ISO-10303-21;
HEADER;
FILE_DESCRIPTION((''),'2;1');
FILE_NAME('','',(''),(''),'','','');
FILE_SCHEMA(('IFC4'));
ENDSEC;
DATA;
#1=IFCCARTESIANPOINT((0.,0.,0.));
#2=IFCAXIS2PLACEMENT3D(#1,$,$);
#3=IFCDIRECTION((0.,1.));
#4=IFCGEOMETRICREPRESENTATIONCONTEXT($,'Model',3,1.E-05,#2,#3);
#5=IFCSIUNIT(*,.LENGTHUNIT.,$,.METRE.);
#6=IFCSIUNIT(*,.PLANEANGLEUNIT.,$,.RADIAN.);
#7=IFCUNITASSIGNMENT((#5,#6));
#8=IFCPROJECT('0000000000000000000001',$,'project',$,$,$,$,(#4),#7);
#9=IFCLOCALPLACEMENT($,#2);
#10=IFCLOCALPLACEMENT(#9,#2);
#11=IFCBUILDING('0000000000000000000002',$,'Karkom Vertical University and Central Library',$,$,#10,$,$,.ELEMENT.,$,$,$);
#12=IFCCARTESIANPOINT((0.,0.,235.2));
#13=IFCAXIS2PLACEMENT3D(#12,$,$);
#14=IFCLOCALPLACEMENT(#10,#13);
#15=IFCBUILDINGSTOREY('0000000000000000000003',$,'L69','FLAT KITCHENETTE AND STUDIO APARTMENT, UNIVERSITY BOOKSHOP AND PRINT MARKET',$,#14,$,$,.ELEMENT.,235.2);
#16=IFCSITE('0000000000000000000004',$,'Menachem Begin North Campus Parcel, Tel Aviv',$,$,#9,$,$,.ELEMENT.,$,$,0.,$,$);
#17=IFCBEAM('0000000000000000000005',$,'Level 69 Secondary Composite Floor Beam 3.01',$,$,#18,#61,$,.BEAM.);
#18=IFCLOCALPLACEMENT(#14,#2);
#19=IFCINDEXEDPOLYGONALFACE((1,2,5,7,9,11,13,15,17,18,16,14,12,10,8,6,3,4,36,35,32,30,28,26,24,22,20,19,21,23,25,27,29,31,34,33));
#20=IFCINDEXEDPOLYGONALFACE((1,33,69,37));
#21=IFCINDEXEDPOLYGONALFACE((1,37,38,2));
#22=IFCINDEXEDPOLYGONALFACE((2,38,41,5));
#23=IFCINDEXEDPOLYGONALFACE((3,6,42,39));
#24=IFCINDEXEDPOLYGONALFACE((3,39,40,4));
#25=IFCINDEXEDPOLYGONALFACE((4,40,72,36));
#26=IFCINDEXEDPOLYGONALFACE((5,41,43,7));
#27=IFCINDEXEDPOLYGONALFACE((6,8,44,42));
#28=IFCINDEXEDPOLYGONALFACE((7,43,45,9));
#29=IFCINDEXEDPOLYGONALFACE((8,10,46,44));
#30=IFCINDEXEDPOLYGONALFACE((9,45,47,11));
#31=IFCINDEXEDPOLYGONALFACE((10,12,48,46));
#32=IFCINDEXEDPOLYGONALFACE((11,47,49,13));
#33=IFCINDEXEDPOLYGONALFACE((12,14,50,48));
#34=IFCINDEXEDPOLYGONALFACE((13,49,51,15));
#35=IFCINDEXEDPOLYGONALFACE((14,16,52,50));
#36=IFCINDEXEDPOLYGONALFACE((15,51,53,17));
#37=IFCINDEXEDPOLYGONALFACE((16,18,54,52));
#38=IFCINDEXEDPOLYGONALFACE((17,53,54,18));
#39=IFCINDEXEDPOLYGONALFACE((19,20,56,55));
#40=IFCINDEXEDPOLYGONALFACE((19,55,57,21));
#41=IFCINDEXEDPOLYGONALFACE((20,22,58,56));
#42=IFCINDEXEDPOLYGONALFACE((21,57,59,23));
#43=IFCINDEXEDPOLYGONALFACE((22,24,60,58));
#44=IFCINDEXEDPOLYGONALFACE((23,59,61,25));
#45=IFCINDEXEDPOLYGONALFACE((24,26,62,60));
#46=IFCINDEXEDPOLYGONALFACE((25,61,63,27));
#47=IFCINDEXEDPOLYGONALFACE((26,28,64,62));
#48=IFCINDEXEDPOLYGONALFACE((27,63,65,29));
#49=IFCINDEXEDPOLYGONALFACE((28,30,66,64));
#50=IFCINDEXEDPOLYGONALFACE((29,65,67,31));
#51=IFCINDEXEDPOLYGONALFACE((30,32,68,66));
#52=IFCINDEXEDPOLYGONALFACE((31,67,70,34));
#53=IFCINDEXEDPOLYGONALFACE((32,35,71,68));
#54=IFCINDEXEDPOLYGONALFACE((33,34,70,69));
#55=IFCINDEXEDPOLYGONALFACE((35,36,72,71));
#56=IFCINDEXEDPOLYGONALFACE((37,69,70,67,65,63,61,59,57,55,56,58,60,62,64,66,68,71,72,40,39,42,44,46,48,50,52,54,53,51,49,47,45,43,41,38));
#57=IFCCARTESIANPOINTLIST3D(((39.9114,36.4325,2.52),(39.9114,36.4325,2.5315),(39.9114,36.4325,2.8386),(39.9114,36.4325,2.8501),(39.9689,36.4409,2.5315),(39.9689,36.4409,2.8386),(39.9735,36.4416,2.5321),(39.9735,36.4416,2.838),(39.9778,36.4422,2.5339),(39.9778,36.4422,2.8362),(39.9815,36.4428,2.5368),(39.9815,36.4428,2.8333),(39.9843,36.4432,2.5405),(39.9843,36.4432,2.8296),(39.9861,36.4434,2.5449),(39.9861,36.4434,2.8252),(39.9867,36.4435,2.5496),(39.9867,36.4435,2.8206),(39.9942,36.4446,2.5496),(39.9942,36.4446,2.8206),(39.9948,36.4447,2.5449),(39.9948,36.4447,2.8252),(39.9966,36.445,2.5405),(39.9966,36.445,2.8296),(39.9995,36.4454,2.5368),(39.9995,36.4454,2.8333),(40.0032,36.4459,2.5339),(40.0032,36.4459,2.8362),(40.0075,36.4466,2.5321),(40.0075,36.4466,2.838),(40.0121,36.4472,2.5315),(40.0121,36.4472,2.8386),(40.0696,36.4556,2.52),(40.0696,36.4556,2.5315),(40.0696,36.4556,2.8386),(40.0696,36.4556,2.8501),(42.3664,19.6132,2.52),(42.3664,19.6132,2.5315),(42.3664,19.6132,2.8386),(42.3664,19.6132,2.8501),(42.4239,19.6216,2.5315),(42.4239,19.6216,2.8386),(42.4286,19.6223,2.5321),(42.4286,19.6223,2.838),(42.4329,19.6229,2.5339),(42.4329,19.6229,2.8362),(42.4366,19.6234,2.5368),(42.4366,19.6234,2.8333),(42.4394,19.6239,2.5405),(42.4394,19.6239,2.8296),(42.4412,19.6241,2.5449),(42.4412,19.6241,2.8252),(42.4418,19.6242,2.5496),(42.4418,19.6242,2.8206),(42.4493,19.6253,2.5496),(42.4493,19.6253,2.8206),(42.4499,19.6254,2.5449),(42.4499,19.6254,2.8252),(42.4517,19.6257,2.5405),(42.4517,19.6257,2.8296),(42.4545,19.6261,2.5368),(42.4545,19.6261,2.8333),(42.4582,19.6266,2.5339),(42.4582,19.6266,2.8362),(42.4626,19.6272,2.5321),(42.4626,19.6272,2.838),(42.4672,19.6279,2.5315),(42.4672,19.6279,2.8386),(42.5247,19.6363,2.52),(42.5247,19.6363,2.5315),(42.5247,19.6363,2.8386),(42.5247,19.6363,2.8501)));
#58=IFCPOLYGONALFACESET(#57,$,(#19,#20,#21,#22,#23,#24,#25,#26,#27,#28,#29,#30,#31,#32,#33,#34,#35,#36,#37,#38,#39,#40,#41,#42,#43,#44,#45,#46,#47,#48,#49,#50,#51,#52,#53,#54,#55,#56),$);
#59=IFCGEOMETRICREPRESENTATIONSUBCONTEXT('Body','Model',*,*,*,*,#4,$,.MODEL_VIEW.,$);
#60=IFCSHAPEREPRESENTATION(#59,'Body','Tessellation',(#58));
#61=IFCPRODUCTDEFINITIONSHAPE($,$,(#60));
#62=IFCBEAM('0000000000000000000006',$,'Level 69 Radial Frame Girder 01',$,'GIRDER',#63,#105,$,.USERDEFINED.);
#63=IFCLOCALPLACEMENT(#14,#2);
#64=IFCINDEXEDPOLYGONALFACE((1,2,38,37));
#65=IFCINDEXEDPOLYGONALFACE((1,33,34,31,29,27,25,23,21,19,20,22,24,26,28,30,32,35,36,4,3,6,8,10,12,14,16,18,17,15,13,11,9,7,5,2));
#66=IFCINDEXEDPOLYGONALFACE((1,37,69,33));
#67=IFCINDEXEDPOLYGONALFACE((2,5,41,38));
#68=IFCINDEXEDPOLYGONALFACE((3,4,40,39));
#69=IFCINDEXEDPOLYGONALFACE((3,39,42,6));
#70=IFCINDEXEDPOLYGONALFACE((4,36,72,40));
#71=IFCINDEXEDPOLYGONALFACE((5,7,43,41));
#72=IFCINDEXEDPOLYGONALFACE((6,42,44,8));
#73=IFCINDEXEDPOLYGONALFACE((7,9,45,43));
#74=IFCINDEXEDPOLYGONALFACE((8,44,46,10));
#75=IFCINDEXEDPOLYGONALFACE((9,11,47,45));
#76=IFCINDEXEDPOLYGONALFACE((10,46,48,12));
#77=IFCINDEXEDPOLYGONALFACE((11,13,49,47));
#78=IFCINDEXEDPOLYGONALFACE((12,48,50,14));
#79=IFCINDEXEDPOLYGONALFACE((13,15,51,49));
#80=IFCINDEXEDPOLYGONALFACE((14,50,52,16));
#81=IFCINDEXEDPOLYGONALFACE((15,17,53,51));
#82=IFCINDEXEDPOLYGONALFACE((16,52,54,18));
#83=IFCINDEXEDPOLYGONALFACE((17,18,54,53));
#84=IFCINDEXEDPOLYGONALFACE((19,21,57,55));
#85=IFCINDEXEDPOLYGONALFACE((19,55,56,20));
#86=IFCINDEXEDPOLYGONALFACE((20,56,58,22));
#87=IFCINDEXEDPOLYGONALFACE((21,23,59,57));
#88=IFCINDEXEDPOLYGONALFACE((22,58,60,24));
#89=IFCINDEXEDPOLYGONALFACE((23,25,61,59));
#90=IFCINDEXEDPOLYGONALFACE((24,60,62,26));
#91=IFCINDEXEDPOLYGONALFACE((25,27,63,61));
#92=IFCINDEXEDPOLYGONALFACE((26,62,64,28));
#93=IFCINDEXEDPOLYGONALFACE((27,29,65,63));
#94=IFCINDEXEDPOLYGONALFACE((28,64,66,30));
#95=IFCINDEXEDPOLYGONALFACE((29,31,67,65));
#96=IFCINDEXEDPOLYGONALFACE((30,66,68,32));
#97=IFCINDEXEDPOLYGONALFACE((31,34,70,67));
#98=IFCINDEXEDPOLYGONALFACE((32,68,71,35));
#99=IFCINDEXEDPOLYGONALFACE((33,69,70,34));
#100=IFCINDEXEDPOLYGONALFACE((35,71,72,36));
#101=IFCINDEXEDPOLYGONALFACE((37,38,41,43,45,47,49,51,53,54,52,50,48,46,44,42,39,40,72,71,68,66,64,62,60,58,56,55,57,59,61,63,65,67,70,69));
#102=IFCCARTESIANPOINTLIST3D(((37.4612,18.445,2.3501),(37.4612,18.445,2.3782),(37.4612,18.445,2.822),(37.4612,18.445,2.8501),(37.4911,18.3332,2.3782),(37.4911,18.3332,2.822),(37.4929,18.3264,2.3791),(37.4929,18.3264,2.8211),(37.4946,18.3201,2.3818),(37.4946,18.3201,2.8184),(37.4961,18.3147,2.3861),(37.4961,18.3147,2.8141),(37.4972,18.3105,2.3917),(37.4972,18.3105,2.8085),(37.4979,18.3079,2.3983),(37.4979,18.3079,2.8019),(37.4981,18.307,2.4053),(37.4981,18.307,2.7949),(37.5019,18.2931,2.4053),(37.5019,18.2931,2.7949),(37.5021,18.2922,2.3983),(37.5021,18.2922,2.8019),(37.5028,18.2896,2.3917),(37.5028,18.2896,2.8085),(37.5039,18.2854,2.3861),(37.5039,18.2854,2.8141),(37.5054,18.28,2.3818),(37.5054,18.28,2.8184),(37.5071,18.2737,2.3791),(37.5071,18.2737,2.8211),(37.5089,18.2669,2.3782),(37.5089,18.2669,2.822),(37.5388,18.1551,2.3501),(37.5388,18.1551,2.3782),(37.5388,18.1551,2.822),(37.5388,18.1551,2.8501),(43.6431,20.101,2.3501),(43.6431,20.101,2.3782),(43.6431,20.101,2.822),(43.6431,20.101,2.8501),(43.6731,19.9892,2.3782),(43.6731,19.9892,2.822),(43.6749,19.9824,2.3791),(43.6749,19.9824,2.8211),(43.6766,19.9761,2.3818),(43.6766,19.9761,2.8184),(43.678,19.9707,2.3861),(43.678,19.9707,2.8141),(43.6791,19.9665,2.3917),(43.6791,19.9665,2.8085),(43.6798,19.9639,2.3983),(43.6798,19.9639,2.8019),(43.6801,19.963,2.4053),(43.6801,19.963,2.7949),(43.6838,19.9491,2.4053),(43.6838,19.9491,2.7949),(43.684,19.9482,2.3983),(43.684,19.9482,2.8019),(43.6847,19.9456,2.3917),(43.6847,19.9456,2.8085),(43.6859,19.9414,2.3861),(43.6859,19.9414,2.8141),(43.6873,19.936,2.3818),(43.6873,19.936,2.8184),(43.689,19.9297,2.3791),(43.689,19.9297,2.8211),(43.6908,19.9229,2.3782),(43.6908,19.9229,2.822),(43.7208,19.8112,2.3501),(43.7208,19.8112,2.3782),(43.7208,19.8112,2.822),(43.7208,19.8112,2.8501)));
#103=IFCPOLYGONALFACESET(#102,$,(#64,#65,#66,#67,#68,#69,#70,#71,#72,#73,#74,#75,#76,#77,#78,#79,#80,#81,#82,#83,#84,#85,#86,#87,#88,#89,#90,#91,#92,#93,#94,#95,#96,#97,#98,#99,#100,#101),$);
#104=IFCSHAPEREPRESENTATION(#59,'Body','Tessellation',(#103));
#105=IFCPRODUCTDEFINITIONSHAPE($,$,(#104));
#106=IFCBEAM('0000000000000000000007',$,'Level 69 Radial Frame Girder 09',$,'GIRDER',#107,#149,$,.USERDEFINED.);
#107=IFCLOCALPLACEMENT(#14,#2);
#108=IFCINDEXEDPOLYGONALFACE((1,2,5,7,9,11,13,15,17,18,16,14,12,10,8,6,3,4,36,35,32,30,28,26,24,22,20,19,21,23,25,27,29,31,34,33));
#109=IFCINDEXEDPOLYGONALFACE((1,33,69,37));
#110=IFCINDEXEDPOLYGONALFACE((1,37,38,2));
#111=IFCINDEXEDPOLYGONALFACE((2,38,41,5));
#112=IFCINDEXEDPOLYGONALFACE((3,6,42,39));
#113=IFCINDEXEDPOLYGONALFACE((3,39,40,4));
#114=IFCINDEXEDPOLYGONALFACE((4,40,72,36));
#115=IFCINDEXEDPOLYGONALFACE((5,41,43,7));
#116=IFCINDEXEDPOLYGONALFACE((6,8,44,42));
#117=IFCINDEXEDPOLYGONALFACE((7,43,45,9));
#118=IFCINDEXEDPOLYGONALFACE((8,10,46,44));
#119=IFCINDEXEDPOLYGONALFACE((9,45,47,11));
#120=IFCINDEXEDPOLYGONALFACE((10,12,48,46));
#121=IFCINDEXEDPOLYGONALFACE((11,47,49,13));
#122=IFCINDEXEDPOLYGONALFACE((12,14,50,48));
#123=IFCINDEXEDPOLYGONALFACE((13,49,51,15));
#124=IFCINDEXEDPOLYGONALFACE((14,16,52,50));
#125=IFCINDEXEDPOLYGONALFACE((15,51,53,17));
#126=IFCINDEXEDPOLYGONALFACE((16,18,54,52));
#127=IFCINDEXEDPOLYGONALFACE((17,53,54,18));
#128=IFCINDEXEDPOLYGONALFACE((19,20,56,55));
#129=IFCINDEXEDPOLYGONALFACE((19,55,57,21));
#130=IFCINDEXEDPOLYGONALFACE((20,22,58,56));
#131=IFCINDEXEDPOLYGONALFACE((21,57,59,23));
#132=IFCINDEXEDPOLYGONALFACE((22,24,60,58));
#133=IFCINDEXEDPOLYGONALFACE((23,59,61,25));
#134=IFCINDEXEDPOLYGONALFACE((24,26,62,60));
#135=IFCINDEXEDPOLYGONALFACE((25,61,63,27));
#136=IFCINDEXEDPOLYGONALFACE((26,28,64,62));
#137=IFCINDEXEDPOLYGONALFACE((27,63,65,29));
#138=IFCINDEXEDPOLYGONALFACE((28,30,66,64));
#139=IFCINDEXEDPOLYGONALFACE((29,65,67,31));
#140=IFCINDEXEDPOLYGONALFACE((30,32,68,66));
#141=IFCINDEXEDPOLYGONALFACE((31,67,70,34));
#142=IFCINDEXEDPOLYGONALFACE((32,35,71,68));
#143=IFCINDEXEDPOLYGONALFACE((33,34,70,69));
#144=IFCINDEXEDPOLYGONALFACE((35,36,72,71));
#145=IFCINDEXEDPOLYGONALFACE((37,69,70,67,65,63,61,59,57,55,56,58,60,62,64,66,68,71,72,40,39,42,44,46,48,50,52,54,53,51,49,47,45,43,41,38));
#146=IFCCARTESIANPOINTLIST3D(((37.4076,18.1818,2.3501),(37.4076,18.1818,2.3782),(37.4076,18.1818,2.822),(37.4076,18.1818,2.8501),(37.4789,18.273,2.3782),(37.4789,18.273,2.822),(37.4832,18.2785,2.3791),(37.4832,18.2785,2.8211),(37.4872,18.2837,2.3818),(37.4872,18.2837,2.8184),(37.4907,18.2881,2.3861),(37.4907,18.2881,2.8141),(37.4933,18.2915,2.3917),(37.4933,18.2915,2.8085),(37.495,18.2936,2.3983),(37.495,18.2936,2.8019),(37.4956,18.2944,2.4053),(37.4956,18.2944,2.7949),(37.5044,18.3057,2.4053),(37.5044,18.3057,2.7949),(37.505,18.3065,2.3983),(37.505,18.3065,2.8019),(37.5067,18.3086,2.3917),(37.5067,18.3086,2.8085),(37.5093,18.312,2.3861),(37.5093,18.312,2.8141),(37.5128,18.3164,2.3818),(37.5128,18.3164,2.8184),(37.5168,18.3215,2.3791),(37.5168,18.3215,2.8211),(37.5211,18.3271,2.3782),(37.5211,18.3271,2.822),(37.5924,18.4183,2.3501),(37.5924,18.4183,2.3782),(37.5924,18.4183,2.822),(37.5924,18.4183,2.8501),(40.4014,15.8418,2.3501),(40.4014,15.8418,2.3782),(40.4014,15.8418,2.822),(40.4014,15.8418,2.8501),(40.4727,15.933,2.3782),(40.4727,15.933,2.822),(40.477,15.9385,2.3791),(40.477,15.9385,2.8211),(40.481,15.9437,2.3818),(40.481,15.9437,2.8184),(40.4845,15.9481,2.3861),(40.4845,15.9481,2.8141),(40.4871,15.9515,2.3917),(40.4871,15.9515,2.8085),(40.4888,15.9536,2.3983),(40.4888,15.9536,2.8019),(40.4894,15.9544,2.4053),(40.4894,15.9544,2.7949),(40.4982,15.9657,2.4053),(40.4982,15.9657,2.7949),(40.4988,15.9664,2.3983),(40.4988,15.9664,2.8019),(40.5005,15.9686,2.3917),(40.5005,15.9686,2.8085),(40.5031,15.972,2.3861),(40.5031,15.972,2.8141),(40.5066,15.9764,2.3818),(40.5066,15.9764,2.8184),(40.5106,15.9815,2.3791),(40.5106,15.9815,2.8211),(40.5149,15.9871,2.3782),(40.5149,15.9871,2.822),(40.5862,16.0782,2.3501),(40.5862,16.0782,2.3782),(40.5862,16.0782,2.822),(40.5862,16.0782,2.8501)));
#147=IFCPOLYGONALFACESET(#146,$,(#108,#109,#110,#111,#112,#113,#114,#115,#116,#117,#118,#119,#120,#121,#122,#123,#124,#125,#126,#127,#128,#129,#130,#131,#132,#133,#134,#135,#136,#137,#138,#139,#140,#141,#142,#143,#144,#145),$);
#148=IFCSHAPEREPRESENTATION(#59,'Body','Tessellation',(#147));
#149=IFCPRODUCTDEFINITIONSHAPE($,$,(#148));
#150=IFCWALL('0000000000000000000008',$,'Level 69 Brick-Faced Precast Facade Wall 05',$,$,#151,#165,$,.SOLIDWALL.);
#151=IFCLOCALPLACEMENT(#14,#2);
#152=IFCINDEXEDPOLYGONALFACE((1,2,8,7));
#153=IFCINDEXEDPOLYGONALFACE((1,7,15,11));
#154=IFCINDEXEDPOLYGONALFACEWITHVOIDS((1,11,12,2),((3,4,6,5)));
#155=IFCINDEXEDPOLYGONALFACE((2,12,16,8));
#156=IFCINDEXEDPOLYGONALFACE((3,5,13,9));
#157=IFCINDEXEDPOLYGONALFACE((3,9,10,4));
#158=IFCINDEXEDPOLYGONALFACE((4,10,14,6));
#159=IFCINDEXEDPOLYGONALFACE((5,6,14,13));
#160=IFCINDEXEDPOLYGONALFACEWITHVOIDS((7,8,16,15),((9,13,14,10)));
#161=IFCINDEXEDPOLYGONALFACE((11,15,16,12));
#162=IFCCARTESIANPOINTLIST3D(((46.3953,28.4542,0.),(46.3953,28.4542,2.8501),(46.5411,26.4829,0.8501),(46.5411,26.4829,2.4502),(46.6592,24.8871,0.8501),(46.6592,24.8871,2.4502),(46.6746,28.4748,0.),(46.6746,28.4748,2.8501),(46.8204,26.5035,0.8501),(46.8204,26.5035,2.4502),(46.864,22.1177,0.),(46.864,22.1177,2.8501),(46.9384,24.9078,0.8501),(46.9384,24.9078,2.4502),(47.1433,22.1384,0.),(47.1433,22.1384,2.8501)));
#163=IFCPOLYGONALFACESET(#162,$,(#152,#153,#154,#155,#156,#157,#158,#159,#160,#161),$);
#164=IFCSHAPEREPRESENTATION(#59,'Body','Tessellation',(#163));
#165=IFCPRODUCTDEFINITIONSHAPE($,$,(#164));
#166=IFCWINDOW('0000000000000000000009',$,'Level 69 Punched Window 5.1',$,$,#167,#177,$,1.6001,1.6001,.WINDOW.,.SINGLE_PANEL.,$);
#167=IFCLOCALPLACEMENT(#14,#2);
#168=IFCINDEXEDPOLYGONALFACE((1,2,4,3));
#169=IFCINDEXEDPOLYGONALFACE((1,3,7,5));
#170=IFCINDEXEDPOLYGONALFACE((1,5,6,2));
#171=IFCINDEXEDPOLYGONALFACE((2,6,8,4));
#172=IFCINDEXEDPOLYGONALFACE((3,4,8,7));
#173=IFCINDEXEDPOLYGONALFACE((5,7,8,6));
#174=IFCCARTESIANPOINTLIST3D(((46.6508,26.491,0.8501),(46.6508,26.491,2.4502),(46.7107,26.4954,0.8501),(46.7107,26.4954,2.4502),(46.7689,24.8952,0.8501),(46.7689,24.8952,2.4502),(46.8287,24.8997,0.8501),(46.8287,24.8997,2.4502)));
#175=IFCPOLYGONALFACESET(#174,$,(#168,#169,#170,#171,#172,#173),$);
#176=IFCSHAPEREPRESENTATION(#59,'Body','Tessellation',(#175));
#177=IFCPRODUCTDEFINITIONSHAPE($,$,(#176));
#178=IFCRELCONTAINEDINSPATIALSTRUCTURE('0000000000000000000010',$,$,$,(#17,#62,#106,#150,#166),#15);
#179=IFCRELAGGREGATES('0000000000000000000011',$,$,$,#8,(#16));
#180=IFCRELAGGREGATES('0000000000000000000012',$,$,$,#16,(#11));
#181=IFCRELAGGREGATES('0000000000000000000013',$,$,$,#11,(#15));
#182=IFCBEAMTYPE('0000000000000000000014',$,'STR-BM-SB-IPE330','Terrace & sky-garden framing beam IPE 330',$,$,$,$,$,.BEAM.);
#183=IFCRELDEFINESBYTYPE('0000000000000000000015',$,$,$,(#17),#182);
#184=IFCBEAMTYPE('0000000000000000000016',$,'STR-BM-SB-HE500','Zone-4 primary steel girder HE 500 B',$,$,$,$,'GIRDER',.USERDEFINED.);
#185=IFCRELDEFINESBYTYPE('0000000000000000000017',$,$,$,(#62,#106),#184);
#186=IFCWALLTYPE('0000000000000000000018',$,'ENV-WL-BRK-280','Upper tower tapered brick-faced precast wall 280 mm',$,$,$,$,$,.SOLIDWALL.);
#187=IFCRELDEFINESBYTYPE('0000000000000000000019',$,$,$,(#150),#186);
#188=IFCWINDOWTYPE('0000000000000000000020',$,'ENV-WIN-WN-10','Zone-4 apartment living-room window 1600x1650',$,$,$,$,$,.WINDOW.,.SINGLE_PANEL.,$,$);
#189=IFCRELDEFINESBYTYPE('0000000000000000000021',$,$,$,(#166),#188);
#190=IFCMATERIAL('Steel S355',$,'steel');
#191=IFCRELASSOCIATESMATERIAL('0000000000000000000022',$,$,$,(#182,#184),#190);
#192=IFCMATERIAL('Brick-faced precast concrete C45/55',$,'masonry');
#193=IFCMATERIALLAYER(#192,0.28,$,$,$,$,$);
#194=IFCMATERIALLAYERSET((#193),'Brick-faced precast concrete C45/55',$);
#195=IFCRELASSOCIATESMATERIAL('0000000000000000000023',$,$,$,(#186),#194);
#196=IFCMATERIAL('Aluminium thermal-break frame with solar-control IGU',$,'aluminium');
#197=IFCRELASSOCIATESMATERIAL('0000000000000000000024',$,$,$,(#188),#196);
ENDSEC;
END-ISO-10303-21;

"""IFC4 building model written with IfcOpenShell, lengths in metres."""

from ifc_helpers import new_model, si_unit, direction, frame, frame_2d, origin, origin_with_axes, origin_2d, place, context, subcontext, project, spatial, rectangle, i_section, extrude, source, transform, mapped, material, layer, layer_set, material_profile, profile_set, type_object, element, fill, save


model = new_model("IFC4")

# Units and contexts
model_context = context("Model", 3, precision=1e-05, world=origin(), true_north=direction((0.0, 1.0)))
body_context = subcontext(model_context, "Body", "Model", "MODEL_VIEW")
ifc_project = project(units=[si_unit("LENGTHUNIT", "METRE"), si_unit("PLANEANGLEUNIT", "RADIAN")], contexts=[model_context])

# Site, building, storey
site_placement = place(None, origin())
site = spatial("IfcSite", under=ifc_project, at=site_placement, Name="Menachem Begin North Campus Parcel, Tel Aviv", CompositionType="ELEMENT", RefElevation=0.0)
building_placement = place(site_placement, origin())
building = spatial("IfcBuilding", under=site, at=building_placement, Name="Karkom Vertical University and Central Library", CompositionType="ELEMENT")
storey_placement = place(building_placement, frame((0.0, 0.0, 235.2)))
storey = spatial("IfcBuildingStorey", under=building, at=storey_placement, Name="L69", Description="FLAT KITCHENETTE AND STUDIO APARTMENT, UNIVERSITY BOOKSHOP AND PRINT MARKET", CompositionType="ELEMENT", Elevation=235.2)

# Beams
ifc_material_1 = material(Name="Steel S355", Category="steel")
ifc_material_profile_1 = material_profile(ifc_material_1, i_section(OverallWidth=0.1599, OverallDepth=0.3301, WebThickness=0.0076, FlangeThickness=0.0115, FilletRadius=0.0181, at=origin_2d()), Name="IPE 330")
ifc_profile_set_1 = profile_set([ifc_material_profile_1], Name="Steel S355")
beam_type_1 = type_object("IfcBeamType", Name="STR-BM-SB-IPE330", Description="Terrace & sky-garden framing beam IPE 330", PredefinedType="BEAM", material=ifc_profile_set_1)
shared_shape_1 = source(origin_with_axes(), body_context, "Body", "SweptSolid", [
    extrude(i_section(OverallWidth=0.1599, OverallDepth=0.3301, WebThickness=0.0076, FlangeThickness=0.0115, FilletRadius=0.0181, at=origin_2d()), origin(), (0.0, 0.0, 1.0), 16.9976),
])
beam_1_placement = place(storey_placement, frame((42.4456, 19.6248, 2.6851), z_axis=(-0.144437, 0.989514, 0.0), x_axis=(-0.989514, -0.144437, 0.0)))
element("IfcBeam", 1, at=beam_1_placement, inside=storey, type_object=beam_type_1, Name="Level 69 Secondary Composite Floor Beam 3.01", PredefinedType="BEAM", context=body_context, shape_type="MappedRepresentation", body=[
    mapped(shared_shape_1, transform((0.0, 0.0, 0.0), scale=1.0)),
])
ifc_material_profile_2 = material_profile(ifc_material_1, i_section(OverallWidth=0.3, OverallDepth=0.5, WebThickness=0.0144, FlangeThickness=0.0281, FilletRadius=0.0271, at=origin_2d()), Name="HE 500 B")
ifc_profile_set_2 = profile_set([ifc_material_profile_2], Name="Steel S355")
beam_type_2 = type_object("IfcBeamType", Name="STR-BM-SB-HE500", Description="Zone-4 primary steel girder HE 500 B", ElementType="GIRDER", PredefinedType="USERDEFINED", material=ifc_profile_set_2)
shared_shape_2 = source(origin_with_axes(), body_context, "Body", "SweptSolid", [
    extrude(i_section(OverallWidth=0.3, OverallDepth=0.5, WebThickness=0.0144, FlangeThickness=0.0281, FilletRadius=0.0271, at=origin_2d()), origin(), (0.0, 0.0, 1.0), 6.3999),
])
beam_2_placement = place(storey_placement, frame((37.5, 18.3, 2.6001), z_axis=(0.965942, 0.258757, 0.0), x_axis=(-0.258757, 0.965942, 0.0)))
element("IfcBeam", 2, at=beam_2_placement, inside=storey, type_object=beam_type_2, Name="Level 69 Radial Frame Girder 01", ObjectType="GIRDER", PredefinedType="USERDEFINED", context=body_context, shape_type="MappedRepresentation", body=[
    mapped(shared_shape_2, transform((0.0, 0.0, 0.0), scale=1.0)),
])
shared_shape_3 = source(origin_with_axes(), body_context, "Body", "SweptSolid", [
    extrude(i_section(OverallWidth=0.3, OverallDepth=0.5, WebThickness=0.0144, FlangeThickness=0.0281, FilletRadius=0.0271, at=origin_2d()), origin(), (0.0, 0.0, 1.0), 3.7998),
])
beam_3_placement = place(storey_placement, frame((37.5, 18.3, 2.6001), z_axis=(0.787883, -0.615825, 0.0), x_axis=(0.615825, 0.787883, 0.0)))
element("IfcBeam", 3, at=beam_3_placement, inside=storey, type_object=beam_type_2, Name="Level 69 Radial Frame Girder 09", ObjectType="GIRDER", PredefinedType="USERDEFINED", context=body_context, shape_type="MappedRepresentation", body=[
    mapped(shared_shape_3, transform((0.0, 0.0, 0.0), scale=1.0)),
])

# Wall, opening, window
ifc_material_2 = material(Name="Brick-faced precast concrete C45/55", Category="masonry")
ifc_layer_1 = layer(ifc_material_2, 0.28)
ifc_layer_set_1 = layer_set([ifc_layer_1], Name="Brick-faced precast concrete C45/55")
wall_type_1 = type_object("IfcWallType", Name="ENV-WL-BRK-280", Description="Upper tower tapered brick-faced precast wall 280 mm", PredefinedType="SOLIDWALL", material=ifc_layer_set_1)
wall_1_placement = place(storey_placement, frame((47.0037, 22.1282, 0.0), z_axis=(0.0, 0.0, 1.0), x_axis=(-0.073775, 0.997275, 0.0)))
wall_1 = element("IfcWall", 4, at=wall_1_placement, inside=storey, type_object=wall_type_1, Name="Level 69 Brick-Faced Precast Facade Wall 05", PredefinedType="SOLIDWALL", context=body_context, shape_type="SweptSolid", body=[
    extrude(rectangle(XDim=6.3538, YDim=0.28, at=frame_2d((3.1768, 0.0))), origin(), (0.0, 0.0, 1.0), 2.8501),
])
opening_1_placement = place(wall_1_placement, frame((2.7769, 0.0, 0.8501)))
opening_1 = element("IfcOpeningElement", 5, at=opening_1_placement, cuts=wall_1, PredefinedType="OPENING", context=body_context, shape_type="SweptSolid", body=[
    extrude(rectangle(XDim=1.6001, YDim=1.6001, at=frame_2d((0.8, 0.8))), frame((0.0, 0.1499, 0.0), z_axis=(0.0, -1.0, 0.0), x_axis=(1.0, 0.0, 0.0)), (0.0, 0.0, 1.0), 0.3),
])
ifc_material_3 = material(Name="Aluminium thermal-break frame with solar-control IGU", Category="aluminium")
window_type = type_object("IfcWindowType", Name="ENV-WIN-WN-10", Description="Zone-4 apartment living-room window 1600x1650", PartitioningType="SINGLE_PANEL", PredefinedType="WINDOW", material=ifc_material_3)
shared_shape_4 = source(origin_with_axes(), body_context, "Body", "SweptSolid", [
    extrude(rectangle(XDim=1.6001, YDim=1.6001, at=frame_2d((0.8, 0.8))), frame((0.0, 0.03, 0.0), z_axis=(0.0, -1.0, 0.0), x_axis=(1.0, 0.0, 0.0)), (0.0, 0.0, 1.0), 0.0601),
])
window_placement = place(opening_1_placement, origin())
window = element("IfcWindow", 6, at=window_placement, inside=storey, type_object=window_type, Name="Level 69 Punched Window 5.1", OverallHeight=1.6001, OverallWidth=1.6001, PartitioningType="SINGLE_PANEL", PredefinedType="WINDOW", context=body_context, shape_type="MappedRepresentation", body=[
    mapped(shared_shape_4, transform((0.0, 0.0, 0.0), scale=1.0)),
])
fill(opening_1, window)

save(model, "model.ifc")
